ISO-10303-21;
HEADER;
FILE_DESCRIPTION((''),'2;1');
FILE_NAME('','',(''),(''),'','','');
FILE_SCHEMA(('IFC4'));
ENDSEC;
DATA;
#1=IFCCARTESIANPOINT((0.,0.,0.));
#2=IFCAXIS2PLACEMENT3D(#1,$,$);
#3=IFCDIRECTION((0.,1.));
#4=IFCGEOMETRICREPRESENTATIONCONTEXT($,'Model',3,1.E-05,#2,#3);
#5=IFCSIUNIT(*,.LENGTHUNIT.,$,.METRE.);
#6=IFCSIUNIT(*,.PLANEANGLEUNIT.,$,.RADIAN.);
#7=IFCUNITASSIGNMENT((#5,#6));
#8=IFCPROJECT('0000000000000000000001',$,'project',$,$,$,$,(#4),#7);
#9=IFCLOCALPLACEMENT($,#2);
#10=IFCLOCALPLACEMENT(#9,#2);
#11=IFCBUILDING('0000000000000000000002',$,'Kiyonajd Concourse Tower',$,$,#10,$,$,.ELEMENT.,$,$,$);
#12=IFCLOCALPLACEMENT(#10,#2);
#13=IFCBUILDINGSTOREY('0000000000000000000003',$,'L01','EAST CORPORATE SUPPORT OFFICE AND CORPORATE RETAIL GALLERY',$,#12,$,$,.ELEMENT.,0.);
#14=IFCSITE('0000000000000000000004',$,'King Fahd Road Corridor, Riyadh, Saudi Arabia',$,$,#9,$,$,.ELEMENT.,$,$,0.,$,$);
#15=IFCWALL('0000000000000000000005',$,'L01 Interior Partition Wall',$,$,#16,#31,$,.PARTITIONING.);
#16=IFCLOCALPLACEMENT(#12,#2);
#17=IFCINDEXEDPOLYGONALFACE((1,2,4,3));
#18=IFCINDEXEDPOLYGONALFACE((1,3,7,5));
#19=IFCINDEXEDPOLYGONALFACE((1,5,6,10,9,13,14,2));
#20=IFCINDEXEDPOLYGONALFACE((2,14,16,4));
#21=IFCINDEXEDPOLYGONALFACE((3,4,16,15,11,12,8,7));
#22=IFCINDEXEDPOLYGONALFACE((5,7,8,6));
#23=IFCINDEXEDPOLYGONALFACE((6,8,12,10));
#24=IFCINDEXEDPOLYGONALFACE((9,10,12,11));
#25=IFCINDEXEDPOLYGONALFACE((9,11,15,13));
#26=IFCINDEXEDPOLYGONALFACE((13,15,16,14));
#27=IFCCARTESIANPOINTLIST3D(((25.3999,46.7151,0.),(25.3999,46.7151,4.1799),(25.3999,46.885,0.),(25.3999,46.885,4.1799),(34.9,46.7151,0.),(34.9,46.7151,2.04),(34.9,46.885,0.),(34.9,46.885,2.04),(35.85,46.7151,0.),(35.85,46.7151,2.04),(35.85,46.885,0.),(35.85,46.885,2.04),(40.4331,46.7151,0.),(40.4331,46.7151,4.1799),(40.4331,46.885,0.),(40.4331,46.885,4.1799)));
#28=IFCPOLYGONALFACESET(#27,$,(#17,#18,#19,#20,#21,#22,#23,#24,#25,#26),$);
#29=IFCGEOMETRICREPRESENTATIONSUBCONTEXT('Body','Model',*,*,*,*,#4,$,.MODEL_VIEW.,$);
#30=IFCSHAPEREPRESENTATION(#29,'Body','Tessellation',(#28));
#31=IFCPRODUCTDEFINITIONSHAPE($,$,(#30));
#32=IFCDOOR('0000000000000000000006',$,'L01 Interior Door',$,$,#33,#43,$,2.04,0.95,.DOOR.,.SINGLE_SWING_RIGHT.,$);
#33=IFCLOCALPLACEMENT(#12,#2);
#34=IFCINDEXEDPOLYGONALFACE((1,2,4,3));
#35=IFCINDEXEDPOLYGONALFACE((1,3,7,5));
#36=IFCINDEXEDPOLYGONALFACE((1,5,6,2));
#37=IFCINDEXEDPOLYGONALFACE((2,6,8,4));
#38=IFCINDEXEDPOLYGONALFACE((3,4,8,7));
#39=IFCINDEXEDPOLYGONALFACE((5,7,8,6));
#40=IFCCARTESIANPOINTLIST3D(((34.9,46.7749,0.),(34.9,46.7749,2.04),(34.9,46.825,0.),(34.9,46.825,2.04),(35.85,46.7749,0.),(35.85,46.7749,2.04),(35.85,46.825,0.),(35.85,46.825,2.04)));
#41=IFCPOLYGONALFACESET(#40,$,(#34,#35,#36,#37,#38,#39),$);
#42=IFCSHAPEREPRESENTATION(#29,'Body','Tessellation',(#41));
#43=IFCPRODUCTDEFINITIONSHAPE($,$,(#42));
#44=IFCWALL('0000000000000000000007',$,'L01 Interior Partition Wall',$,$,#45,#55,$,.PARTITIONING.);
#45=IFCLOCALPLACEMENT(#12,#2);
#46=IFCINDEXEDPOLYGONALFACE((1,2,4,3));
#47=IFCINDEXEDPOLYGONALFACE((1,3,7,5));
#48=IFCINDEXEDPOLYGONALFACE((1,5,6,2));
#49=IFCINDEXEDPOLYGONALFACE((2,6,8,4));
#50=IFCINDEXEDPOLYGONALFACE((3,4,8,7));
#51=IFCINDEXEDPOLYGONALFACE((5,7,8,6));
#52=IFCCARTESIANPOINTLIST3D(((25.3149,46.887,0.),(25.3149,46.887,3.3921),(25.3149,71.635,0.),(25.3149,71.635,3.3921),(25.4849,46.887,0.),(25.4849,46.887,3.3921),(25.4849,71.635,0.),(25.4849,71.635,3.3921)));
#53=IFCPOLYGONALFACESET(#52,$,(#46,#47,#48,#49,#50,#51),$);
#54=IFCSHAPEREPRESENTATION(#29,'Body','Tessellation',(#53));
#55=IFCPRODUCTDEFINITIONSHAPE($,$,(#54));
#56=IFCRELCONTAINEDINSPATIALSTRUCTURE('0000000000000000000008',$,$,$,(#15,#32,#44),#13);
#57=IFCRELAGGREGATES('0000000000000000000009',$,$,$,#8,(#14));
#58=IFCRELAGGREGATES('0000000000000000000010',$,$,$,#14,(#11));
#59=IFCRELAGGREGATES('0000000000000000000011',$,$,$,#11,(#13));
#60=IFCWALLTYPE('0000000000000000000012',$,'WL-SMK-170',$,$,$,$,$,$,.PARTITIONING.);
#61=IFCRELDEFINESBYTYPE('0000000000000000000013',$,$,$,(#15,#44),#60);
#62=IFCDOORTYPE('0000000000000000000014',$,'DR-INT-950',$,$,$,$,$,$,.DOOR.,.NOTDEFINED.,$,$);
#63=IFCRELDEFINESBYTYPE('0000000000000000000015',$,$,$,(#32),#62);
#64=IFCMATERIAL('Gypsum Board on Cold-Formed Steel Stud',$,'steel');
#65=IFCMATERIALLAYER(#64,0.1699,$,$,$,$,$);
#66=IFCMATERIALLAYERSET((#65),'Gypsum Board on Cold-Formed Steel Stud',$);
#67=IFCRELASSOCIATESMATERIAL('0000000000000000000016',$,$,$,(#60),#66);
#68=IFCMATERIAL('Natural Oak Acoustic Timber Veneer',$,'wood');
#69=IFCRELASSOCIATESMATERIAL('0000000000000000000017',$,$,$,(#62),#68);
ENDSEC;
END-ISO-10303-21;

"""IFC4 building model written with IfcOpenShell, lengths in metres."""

from ifc_helpers import new_model, si_unit, direction, frame, frame_2d, origin, place, context, subcontext, project, spatial, rectangle, extrude, material, layer, layer_set, type_object, element, fill, save


model = new_model("IFC4")

# Units and contexts
model_context = context("Model", 3, precision=1e-05, world=origin(), true_north=direction((0.0, 1.0)))
body_context = subcontext(model_context, "Body", "Model", "MODEL_VIEW")
ifc_project = project(units=[si_unit("LENGTHUNIT", "METRE"), si_unit("PLANEANGLEUNIT", "RADIAN")], contexts=[model_context])

# Site, building, storey
site_placement = place(None, origin())
site = spatial("IfcSite", under=ifc_project, at=site_placement, Name="King Fahd Road Corridor, Riyadh, Saudi Arabia", CompositionType="ELEMENT", RefElevation=0.0)
building_placement = place(site_placement, origin())
building = spatial("IfcBuilding", under=site, at=building_placement, Name="Kiyonajd Concourse Tower", CompositionType="ELEMENT")
storey_placement = place(building_placement, origin())
storey = spatial("IfcBuildingStorey", under=building, at=storey_placement, Name="L01", Description="EAST CORPORATE SUPPORT OFFICE AND CORPORATE RETAIL GALLERY", CompositionType="ELEMENT", Elevation=0.0)

# Wall, opening, door
ifc_material_1 = material(Name="Gypsum Board on Cold-Formed Steel Stud", Category="steel")
ifc_layer_1 = layer(ifc_material_1, 0.1699)
ifc_layer_set_1 = layer_set([ifc_layer_1], Name="Gypsum Board on Cold-Formed Steel Stud")
wall_type_1 = type_object("IfcWallType", Name="WL-SMK-170", PredefinedType="PARTITIONING", material=ifc_layer_set_1)
wall_1_placement = place(storey_placement, frame((25.3999, 46.8, 0.0), z_axis=(0.0, 0.0, 1.0), x_axis=(1.0, 0.0, 0.0)))
wall_1 = element("IfcWall", 1, at=wall_1_placement, inside=storey, type_object=wall_type_1, Name="L01 Interior Partition Wall", PredefinedType="PARTITIONING", context=body_context, shape_type="SweptSolid", body=[
    extrude(rectangle(XDim=15.0332, YDim=0.1699, at=frame_2d((7.5166, 0.0))), origin(), (0.0, 0.0, 1.0), 4.1799),
])
opening_1_placement = place(wall_1_placement, frame((9.5, 0.0, 0.0)))
opening_1 = element("IfcOpeningElement", 2, at=opening_1_placement, cuts=wall_1, PredefinedType="OPENING", context=body_context, shape_type="SweptSolid", body=[
    extrude(rectangle(XDim=0.95, YDim=2.04, at=frame_2d((0.4751, 1.02))), frame((0.0, 0.095, 0.0), z_axis=(0.0, -1.0, 0.0), x_axis=(1.0, 0.0, 0.0)), (0.0, 0.0, 1.0), 0.1899),
])
ifc_material_2 = material(Name="Natural Oak Acoustic Timber Veneer", Category="wood")
door_type_1 = type_object("IfcDoorType", Name="DR-INT-950", OperationType="NOTDEFINED", PredefinedType="DOOR", material=ifc_material_2)
door_1_placement = place(opening_1_placement, origin())
door_1 = element("IfcDoor", 3, at=door_1_placement, inside=storey, type_object=door_type_1, Name="L01 Interior Door", OperationType="SINGLE_SWING_RIGHT", OverallHeight=2.04, OverallWidth=0.95, PredefinedType="DOOR", context=body_context, shape_type="SweptSolid", body=[
    extrude(rectangle(XDim=0.95, YDim=2.04, at=frame_2d((0.4751, 1.02))), frame((0.0, 0.0249, 0.0), z_axis=(0.0, -1.0, 0.0), x_axis=(1.0, 0.0, 0.0)), (0.0, 0.0, 1.0), 0.05),
])
fill(opening_1, door_1)

# Wall
wall_2_placement = place(storey_placement, frame((25.3999, 46.887, 0.0), z_axis=(0.0, 0.0, 1.0), x_axis=(0.0, 1.0, 0.0)))
element("IfcWall", 4, at=wall_2_placement, inside=storey, type_object=wall_type_1, Name="L01 Interior Partition Wall", PredefinedType="PARTITIONING", context=body_context, shape_type="SweptSolid", body=[
    extrude(rectangle(XDim=24.748, YDim=0.1699, at=frame_2d((12.374, 0.0))), origin(), (0.0, 0.0, 1.0), 3.3921),
])

save(model, "model.ifc")
